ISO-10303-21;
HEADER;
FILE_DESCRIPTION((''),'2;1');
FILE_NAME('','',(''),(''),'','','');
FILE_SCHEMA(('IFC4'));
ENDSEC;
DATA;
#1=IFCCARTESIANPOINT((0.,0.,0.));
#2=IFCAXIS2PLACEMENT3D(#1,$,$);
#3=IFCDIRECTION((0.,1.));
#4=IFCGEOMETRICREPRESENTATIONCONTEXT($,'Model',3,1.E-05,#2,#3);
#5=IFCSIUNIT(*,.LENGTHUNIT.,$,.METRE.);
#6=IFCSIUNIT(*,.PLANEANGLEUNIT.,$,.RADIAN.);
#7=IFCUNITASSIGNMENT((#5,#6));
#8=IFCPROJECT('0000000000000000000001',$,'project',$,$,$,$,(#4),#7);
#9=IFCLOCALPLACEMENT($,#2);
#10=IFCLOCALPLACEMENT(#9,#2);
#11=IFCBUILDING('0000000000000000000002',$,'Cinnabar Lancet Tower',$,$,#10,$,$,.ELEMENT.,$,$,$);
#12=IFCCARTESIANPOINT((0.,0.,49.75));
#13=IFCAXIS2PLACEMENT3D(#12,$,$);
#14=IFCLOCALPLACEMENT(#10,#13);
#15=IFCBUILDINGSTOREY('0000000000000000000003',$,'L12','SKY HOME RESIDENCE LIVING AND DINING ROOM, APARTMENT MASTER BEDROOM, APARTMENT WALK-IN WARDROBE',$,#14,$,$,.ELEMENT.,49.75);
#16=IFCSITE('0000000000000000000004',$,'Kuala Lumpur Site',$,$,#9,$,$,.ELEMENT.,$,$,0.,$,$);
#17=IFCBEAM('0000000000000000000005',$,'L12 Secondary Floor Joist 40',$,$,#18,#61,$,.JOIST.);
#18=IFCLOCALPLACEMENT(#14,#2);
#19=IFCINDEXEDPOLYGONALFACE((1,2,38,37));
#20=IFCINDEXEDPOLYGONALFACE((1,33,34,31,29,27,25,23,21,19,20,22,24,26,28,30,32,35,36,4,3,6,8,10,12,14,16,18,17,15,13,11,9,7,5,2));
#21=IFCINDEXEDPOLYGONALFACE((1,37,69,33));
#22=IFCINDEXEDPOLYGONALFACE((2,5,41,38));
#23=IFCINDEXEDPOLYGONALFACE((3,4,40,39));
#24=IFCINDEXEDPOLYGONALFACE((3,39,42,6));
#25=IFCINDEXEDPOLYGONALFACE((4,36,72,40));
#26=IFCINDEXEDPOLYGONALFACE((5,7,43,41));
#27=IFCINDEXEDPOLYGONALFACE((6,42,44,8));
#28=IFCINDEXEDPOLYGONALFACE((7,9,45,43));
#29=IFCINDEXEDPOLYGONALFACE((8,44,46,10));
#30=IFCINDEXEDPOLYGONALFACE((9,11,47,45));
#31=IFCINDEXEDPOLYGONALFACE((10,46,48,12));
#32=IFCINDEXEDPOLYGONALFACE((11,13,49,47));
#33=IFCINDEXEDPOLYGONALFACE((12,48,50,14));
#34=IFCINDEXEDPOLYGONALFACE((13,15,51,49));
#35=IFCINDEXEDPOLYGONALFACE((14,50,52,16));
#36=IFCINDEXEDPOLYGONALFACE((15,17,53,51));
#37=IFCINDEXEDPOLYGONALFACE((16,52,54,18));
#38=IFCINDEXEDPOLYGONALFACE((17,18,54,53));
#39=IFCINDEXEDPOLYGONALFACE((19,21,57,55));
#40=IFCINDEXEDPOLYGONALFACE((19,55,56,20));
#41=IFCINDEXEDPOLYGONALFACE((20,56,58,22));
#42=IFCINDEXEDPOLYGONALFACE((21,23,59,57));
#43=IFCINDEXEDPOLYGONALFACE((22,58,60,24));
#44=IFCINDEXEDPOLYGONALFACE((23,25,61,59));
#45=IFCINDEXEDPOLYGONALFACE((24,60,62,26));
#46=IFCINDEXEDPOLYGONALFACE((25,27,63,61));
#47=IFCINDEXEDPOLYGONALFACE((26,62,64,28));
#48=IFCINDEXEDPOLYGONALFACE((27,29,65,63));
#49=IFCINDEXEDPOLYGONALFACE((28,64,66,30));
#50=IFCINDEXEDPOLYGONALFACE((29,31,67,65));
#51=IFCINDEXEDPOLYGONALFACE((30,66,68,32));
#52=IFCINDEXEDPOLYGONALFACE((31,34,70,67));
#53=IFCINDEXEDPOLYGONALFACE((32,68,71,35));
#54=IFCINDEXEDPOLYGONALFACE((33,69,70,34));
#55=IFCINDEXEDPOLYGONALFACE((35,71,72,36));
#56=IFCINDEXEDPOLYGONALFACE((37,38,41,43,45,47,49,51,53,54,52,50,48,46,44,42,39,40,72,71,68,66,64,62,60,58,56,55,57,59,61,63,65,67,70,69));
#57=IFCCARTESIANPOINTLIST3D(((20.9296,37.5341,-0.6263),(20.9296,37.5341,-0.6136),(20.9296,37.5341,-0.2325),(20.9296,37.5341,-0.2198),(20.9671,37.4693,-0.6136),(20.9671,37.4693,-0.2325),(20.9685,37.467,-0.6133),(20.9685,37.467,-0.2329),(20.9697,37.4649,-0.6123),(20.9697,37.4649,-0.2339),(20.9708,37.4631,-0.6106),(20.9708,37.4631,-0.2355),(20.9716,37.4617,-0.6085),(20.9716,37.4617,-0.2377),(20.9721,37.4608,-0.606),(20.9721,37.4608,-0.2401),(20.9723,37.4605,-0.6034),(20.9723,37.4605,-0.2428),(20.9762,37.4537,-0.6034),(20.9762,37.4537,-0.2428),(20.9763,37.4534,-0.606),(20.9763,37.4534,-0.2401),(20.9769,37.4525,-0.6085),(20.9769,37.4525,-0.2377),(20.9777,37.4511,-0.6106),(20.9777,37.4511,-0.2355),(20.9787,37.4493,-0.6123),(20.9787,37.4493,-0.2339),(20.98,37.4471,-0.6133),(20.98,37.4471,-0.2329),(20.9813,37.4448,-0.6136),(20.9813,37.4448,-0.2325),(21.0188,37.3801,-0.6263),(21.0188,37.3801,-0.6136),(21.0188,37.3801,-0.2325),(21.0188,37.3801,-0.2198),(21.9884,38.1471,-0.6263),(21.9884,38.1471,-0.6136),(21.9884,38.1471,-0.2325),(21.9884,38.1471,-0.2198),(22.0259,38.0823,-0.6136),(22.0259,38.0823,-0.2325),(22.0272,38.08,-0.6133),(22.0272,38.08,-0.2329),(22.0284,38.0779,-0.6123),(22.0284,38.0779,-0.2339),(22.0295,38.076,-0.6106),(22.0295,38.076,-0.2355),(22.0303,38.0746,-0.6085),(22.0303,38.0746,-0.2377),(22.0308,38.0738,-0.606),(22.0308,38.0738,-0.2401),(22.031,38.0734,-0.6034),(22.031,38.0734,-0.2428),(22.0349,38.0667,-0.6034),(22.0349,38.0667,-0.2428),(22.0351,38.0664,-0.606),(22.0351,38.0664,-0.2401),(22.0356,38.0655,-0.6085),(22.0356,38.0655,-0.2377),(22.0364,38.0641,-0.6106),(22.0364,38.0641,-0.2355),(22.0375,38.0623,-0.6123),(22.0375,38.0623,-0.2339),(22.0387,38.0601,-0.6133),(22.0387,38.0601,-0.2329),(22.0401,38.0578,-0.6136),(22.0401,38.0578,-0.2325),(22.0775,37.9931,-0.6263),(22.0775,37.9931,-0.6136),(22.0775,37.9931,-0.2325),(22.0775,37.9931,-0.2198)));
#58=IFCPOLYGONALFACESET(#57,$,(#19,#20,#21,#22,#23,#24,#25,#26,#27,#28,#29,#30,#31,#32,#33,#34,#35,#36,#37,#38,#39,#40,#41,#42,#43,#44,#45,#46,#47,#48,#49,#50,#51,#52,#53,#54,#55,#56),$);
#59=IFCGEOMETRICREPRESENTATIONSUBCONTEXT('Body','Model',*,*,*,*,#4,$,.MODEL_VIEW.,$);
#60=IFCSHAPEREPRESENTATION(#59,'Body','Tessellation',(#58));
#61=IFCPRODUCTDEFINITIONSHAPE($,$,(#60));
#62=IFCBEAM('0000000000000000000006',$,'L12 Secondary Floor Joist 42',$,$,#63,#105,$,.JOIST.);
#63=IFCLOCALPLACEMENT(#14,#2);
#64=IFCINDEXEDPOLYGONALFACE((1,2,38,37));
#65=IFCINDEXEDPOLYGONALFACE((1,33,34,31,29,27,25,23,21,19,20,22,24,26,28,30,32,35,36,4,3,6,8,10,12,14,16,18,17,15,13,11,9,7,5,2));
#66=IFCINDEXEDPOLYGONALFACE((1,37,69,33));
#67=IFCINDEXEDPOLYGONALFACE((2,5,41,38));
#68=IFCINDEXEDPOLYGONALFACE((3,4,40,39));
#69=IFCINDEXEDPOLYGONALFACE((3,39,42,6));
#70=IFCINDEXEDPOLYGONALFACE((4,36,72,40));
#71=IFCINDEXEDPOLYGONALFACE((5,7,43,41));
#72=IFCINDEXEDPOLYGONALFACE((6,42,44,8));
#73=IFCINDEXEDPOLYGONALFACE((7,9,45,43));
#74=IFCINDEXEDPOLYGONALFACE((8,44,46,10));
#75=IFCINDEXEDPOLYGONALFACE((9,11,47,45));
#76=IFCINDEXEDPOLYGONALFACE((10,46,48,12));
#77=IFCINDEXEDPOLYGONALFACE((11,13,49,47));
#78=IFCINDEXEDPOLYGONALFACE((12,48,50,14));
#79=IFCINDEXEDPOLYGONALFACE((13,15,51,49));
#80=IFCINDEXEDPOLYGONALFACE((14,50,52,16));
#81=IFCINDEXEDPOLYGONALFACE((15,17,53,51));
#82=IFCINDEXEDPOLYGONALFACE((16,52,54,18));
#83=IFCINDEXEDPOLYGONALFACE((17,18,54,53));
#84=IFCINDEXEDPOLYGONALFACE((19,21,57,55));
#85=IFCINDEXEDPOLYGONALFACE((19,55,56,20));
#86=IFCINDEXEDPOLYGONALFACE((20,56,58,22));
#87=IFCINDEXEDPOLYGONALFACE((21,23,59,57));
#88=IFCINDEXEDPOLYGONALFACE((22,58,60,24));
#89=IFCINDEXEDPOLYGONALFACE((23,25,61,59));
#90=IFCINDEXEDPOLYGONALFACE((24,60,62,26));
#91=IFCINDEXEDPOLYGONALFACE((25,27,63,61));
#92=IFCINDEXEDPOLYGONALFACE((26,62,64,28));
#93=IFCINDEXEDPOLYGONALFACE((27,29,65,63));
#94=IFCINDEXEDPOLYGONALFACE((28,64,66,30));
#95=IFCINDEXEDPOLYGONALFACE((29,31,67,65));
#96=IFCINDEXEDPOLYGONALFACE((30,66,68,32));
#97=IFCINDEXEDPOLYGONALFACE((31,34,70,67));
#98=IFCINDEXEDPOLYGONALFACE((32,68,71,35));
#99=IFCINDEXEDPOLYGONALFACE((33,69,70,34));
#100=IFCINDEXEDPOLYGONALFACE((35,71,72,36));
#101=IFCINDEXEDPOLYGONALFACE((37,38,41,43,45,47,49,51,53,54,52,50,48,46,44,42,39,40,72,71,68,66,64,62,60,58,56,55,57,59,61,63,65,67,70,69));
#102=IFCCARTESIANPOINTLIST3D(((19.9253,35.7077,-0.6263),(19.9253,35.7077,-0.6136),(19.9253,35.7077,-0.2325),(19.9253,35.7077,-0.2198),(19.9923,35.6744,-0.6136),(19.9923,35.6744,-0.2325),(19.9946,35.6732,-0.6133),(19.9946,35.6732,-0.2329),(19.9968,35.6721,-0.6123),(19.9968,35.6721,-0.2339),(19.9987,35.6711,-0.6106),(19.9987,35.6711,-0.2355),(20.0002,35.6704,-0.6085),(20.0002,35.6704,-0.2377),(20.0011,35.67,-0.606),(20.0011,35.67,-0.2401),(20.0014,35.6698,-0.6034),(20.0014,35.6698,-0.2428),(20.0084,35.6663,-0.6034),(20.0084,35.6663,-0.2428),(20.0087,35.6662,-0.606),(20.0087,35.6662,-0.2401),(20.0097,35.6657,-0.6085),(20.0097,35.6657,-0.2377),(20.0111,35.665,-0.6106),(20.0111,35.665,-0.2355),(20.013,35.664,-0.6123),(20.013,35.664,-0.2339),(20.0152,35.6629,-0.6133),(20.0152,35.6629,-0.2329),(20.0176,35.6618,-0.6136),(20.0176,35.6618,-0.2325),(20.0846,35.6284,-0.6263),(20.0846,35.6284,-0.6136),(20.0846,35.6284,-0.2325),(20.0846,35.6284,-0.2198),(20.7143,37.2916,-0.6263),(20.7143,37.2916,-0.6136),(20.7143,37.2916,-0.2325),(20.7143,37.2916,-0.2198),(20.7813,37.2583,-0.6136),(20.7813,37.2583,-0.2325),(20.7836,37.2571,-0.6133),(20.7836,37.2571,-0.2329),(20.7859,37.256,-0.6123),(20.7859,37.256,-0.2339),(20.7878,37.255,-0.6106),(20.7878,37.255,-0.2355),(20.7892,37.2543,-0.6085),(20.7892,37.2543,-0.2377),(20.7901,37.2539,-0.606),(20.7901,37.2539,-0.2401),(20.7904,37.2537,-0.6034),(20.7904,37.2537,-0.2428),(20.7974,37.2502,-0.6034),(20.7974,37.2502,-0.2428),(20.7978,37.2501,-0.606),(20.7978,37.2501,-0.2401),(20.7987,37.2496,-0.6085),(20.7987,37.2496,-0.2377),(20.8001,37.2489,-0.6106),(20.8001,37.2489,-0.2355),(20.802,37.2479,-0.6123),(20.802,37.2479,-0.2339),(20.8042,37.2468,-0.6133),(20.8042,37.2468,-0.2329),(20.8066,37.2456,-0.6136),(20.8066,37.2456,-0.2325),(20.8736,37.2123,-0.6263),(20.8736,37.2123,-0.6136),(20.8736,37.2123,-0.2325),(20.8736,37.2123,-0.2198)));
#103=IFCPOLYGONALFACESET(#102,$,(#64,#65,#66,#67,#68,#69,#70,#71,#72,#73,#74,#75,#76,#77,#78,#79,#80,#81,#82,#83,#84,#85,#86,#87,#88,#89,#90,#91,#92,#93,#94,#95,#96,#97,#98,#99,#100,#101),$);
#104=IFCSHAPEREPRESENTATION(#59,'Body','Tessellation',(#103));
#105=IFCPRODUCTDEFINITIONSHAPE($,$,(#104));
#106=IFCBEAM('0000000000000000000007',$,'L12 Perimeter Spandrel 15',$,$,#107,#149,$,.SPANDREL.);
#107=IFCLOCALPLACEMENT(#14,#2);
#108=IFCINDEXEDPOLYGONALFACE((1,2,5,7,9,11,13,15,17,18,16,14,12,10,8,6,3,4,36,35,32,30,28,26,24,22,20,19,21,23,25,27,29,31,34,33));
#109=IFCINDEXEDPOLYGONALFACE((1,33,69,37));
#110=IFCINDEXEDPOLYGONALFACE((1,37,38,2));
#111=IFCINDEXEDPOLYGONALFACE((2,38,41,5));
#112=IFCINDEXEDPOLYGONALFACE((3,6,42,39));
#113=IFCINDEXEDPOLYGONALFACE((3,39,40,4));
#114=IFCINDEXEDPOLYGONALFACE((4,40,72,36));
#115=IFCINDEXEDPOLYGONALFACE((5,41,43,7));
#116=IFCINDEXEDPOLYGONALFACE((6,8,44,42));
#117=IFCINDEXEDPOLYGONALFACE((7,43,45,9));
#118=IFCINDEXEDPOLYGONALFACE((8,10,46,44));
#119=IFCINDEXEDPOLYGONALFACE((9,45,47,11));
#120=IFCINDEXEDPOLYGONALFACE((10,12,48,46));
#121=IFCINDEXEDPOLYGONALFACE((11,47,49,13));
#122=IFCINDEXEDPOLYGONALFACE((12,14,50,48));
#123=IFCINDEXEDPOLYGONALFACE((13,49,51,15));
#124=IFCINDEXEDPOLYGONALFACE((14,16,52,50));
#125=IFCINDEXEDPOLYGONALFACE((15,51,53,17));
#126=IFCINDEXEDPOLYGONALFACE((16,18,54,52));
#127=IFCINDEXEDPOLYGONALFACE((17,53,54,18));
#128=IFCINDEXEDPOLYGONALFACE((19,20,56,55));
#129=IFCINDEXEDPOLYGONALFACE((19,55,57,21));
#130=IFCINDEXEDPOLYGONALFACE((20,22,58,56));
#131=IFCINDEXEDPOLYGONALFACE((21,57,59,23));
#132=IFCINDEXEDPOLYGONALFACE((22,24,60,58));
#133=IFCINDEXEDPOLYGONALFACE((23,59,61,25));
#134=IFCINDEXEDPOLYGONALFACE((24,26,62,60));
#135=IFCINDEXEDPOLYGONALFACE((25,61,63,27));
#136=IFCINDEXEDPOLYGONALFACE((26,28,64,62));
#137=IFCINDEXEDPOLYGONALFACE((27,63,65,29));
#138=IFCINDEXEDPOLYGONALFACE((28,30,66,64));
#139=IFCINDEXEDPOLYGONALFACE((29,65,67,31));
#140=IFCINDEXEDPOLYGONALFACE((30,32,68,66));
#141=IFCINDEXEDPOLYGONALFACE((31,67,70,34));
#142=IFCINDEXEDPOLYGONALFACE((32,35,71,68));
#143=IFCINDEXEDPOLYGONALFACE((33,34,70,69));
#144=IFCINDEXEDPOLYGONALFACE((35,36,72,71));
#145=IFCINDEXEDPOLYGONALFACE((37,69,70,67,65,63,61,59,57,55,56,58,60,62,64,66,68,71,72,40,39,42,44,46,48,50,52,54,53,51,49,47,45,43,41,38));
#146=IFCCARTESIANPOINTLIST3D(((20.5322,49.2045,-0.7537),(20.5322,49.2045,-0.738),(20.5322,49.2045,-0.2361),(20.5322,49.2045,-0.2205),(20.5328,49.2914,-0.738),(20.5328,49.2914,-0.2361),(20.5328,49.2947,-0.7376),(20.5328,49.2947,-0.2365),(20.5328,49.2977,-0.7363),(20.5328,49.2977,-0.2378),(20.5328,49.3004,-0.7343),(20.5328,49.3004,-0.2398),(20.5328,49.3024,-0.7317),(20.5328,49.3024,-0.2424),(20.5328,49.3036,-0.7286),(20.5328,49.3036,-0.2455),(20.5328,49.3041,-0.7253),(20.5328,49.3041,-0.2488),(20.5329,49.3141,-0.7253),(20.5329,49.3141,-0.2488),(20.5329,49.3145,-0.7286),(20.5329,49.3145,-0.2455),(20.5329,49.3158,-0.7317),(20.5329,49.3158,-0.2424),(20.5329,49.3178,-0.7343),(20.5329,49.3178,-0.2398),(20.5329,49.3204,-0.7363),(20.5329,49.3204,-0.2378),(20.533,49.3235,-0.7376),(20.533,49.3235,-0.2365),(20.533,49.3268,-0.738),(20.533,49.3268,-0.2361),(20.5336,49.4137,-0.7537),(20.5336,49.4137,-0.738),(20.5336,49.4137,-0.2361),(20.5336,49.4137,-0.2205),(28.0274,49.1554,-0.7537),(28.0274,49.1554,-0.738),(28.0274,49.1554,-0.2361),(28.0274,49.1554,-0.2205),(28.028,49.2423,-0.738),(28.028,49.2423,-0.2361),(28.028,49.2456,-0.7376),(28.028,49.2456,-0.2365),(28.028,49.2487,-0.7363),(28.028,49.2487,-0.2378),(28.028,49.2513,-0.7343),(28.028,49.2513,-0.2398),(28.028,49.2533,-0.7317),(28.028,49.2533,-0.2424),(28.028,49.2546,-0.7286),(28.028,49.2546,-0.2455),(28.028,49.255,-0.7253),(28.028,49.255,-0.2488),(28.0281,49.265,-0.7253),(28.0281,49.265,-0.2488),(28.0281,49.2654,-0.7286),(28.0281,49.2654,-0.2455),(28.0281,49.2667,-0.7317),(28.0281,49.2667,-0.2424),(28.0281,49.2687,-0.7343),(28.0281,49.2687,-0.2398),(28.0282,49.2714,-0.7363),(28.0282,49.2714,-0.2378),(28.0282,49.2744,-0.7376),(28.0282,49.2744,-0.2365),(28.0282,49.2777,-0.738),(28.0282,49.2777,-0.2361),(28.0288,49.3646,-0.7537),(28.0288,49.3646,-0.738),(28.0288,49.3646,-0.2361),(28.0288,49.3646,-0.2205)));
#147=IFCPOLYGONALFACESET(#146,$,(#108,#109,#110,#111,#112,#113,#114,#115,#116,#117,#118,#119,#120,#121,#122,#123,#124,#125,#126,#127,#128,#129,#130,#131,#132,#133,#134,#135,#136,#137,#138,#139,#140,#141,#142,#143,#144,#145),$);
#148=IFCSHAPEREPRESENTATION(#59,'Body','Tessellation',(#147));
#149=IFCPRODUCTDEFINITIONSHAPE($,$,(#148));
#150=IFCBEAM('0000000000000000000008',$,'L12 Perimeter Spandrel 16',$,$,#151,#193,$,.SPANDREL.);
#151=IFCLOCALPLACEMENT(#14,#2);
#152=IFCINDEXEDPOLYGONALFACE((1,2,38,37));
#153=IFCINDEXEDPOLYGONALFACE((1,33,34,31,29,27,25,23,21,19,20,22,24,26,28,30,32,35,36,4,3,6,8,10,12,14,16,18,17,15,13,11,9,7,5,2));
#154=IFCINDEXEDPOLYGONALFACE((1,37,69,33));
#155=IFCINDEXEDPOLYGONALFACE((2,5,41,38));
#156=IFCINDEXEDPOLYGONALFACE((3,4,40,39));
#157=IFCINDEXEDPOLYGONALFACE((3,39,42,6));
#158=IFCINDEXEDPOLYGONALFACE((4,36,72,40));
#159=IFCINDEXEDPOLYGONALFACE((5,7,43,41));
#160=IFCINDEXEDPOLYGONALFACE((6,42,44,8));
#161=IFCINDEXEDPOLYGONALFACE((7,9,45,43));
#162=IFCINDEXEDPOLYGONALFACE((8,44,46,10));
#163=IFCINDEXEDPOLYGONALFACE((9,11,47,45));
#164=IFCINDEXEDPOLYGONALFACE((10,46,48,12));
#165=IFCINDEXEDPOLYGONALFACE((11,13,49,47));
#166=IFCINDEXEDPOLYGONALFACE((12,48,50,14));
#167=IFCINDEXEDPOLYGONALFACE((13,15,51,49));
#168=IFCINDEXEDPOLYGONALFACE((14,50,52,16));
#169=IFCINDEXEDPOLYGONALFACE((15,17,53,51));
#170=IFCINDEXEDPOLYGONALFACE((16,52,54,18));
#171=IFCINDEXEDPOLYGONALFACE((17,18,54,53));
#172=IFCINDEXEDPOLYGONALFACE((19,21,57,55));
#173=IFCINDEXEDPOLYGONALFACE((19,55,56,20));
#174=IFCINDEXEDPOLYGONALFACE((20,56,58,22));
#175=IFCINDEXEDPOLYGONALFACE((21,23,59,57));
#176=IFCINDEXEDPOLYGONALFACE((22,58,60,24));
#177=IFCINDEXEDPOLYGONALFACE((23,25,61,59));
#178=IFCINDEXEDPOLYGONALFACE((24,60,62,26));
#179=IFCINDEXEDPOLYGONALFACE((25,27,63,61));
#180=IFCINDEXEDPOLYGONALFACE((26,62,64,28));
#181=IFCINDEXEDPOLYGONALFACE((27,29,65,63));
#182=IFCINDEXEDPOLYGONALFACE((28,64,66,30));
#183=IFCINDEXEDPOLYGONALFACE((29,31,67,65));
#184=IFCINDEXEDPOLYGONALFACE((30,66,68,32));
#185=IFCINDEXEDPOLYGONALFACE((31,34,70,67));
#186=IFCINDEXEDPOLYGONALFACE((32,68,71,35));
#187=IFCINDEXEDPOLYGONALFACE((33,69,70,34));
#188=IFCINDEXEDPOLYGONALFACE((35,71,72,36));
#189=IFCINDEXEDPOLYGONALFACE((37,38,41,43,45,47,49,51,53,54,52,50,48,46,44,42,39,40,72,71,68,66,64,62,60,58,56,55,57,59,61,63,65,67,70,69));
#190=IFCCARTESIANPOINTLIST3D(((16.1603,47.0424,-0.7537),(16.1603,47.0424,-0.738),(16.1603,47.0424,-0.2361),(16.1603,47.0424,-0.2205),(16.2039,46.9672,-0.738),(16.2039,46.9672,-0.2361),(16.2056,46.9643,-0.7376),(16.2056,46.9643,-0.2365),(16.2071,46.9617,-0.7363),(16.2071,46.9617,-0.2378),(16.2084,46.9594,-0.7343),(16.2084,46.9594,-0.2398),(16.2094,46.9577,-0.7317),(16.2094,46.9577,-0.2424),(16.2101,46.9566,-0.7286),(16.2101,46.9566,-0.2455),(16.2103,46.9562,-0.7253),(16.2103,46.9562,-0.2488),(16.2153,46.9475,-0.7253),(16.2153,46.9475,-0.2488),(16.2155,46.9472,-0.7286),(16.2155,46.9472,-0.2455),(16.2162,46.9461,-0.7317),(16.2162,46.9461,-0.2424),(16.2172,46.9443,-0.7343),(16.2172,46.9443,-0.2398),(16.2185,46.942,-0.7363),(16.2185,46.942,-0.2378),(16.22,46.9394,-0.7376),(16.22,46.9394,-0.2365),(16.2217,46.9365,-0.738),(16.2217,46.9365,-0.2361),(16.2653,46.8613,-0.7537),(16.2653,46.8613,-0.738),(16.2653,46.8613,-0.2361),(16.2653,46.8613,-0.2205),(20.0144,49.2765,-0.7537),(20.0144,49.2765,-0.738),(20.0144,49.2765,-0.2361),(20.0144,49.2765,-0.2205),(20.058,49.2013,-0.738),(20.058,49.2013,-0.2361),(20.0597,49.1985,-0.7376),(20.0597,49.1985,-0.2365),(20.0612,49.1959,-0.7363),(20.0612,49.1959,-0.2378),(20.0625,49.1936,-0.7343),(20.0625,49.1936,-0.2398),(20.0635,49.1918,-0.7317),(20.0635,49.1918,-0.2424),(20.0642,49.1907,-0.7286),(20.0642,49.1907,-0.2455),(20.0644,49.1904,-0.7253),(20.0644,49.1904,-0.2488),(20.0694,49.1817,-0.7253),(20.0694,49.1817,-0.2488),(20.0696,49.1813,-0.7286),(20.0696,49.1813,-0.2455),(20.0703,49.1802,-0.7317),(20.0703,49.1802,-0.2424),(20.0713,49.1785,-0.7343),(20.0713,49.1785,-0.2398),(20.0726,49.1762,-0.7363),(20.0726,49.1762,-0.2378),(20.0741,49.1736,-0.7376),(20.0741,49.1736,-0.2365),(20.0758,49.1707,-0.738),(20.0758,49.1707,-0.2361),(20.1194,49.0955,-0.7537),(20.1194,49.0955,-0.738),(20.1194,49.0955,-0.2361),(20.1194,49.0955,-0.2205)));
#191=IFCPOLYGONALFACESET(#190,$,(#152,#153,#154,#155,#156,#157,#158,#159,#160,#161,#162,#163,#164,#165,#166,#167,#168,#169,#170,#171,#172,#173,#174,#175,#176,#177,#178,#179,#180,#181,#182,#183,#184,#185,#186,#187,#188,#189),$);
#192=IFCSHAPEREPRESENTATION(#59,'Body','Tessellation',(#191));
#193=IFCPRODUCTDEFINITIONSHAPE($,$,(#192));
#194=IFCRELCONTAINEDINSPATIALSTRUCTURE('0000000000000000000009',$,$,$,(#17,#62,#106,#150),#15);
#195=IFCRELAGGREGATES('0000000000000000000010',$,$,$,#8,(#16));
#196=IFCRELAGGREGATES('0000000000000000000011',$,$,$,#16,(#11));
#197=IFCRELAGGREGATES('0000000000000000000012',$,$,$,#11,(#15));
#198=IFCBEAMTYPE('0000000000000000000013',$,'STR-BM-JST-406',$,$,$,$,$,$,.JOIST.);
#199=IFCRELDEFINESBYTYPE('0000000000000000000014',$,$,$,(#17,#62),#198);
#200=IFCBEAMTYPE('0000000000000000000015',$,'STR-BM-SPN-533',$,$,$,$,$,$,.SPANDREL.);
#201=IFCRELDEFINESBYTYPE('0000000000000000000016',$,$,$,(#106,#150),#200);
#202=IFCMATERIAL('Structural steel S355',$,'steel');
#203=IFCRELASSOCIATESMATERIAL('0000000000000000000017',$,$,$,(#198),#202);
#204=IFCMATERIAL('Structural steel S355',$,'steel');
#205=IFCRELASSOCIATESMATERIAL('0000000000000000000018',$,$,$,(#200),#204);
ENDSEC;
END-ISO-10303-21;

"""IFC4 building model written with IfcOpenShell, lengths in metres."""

from ifc_helpers import new_model, si_unit, direction, frame, origin, origin_2d, place, context, subcontext, project, spatial, i_section, extrude, material, material_profile, profile_set, type_object, element, save


model = new_model("IFC4")

# Units and contexts
model_context = context("Model", 3, precision=1e-05, world=origin(), true_north=direction((0.0, 1.0)))
body_context = subcontext(model_context, "Body", "Model", "MODEL_VIEW")
ifc_project = project(units=[si_unit("LENGTHUNIT", "METRE"), si_unit("PLANEANGLEUNIT", "RADIAN")], contexts=[model_context])

# Site, building, storey
site_placement = place(None, origin())
site = spatial("IfcSite", under=ifc_project, at=site_placement, Name="Kuala Lumpur Site", CompositionType="ELEMENT", RefElevation=0.0)
building_placement = place(site_placement, origin())
building = spatial("IfcBuilding", under=site, at=building_placement, Name="Cinnabar Lancet Tower", CompositionType="ELEMENT")
storey_placement = place(building_placement, frame((0.0, 0.0, 49.75)))
storey = spatial("IfcBuildingStorey", under=building, at=storey_placement, Name="L12", Description="SKY HOME RESIDENCE LIVING AND DINING ROOM, APARTMENT MASTER BEDROOM, APARTMENT WALK-IN WARDROBE", CompositionType="ELEMENT", Elevation=49.75)

# Beams
ifc_material_1 = material(Name="Structural steel S355", Category="steel")
ifc_material_profile_1 = material_profile(ifc_material_1, i_section(OverallWidth=0.178, OverallDepth=0.4065, WebThickness=0.0078, FlangeThickness=0.0127, FilletRadius=0.0103, at=origin_2d()), Name="UKB 406x178x60")
ifc_profile_set_1 = profile_set([ifc_material_profile_1], Name="Structural steel S355")
beam_type_1 = type_object("IfcBeamType", Name="STR-BM-JST-406", PredefinedType="JOIST", material=ifc_profile_set_1)
beam_1_placement = place(storey_placement, frame((22.033, 38.0701, -0.4231), z_axis=(-0.865417, -0.501052, 0.0), x_axis=(0.501052, -0.865417, 0.0)))
element("IfcBeam", 1, at=beam_1_placement, inside=storey, type_object=beam_type_1, Name="L12 Secondary Floor Joist 40", PredefinedType="JOIST", context=body_context, shape_type="SweptSolid", body=[
    extrude(i_section(OverallWidth=0.178, OverallDepth=0.4065, WebThickness=0.0078, FlangeThickness=0.0127, FilletRadius=0.0103, at=origin_2d()), origin(), (0.0, 0.0, 1.0), 1.2234),
])
beam_2_placement = place(storey_placement, frame((20.7939, 37.252, -0.4231), z_axis=(-0.445889, -0.895088, 0.0), x_axis=(0.895088, -0.445889, 0.0)))
element("IfcBeam", 2, at=beam_2_placement, inside=storey, type_object=beam_type_1, Name="L12 Secondary Floor Joist 42", PredefinedType="JOIST", context=body_context, shape_type="SweptSolid", body=[
    extrude(i_section(OverallWidth=0.178, OverallDepth=0.4065, WebThickness=0.0078, FlangeThickness=0.0127, FilletRadius=0.0103, at=origin_2d()), origin(), (0.0, 0.0, 1.0), 1.7695),
])
ifc_material_2 = material(Name="Structural steel S355", Category="steel")
ifc_material_profile_2 = material_profile(ifc_material_2, i_section(OverallWidth=0.2092, OverallDepth=0.5332, WebThickness=0.01, FlangeThickness=0.0156, FilletRadius=0.0127, at=origin_2d()), Name="UKB 533x210x92")
ifc_profile_set_2 = profile_set([ifc_material_profile_2], Name="Structural steel S355")
beam_type_2 = type_object("IfcBeamType", Name="STR-BM-SPN-533", PredefinedType="SPANDREL", material=ifc_profile_set_2)
beam_3_placement = place(storey_placement, frame((28.0281, 49.26, -0.4871), z_axis=(-0.999979, 0.006547, 0.0), x_axis=(-0.006547, -0.999979, 0.0)))
element("IfcBeam", 3, at=beam_3_placement, inside=storey, type_object=beam_type_2, Name="L12 Perimeter Spandrel 15", PredefinedType="SPANDREL", context=body_context, shape_type="SweptSolid", body=[
    extrude(i_section(OverallWidth=0.2092, OverallDepth=0.5332, WebThickness=0.01, FlangeThickness=0.0156, FilletRadius=0.0127, at=origin_2d()), origin(), (0.0, 0.0, 1.0), 7.4954),
])
beam_4_placement = place(storey_placement, frame((20.0669, 49.186, -0.4871), z_axis=(-0.865147, -0.501518, 0.0), x_axis=(0.501518, -0.865147, 0.0)))
element("IfcBeam", 4, at=beam_4_placement, inside=storey, type_object=beam_type_2, Name="L12 Perimeter Spandrel 16", PredefinedType="SPANDREL", context=body_context, shape_type="SweptSolid", body=[
    extrude(i_section(OverallWidth=0.2092, OverallDepth=0.5332, WebThickness=0.01, FlangeThickness=0.0156, FilletRadius=0.0127, at=origin_2d()), origin(), (0.0, 0.0, 1.0), 4.4548),
])

save(model, "model.ifc")
